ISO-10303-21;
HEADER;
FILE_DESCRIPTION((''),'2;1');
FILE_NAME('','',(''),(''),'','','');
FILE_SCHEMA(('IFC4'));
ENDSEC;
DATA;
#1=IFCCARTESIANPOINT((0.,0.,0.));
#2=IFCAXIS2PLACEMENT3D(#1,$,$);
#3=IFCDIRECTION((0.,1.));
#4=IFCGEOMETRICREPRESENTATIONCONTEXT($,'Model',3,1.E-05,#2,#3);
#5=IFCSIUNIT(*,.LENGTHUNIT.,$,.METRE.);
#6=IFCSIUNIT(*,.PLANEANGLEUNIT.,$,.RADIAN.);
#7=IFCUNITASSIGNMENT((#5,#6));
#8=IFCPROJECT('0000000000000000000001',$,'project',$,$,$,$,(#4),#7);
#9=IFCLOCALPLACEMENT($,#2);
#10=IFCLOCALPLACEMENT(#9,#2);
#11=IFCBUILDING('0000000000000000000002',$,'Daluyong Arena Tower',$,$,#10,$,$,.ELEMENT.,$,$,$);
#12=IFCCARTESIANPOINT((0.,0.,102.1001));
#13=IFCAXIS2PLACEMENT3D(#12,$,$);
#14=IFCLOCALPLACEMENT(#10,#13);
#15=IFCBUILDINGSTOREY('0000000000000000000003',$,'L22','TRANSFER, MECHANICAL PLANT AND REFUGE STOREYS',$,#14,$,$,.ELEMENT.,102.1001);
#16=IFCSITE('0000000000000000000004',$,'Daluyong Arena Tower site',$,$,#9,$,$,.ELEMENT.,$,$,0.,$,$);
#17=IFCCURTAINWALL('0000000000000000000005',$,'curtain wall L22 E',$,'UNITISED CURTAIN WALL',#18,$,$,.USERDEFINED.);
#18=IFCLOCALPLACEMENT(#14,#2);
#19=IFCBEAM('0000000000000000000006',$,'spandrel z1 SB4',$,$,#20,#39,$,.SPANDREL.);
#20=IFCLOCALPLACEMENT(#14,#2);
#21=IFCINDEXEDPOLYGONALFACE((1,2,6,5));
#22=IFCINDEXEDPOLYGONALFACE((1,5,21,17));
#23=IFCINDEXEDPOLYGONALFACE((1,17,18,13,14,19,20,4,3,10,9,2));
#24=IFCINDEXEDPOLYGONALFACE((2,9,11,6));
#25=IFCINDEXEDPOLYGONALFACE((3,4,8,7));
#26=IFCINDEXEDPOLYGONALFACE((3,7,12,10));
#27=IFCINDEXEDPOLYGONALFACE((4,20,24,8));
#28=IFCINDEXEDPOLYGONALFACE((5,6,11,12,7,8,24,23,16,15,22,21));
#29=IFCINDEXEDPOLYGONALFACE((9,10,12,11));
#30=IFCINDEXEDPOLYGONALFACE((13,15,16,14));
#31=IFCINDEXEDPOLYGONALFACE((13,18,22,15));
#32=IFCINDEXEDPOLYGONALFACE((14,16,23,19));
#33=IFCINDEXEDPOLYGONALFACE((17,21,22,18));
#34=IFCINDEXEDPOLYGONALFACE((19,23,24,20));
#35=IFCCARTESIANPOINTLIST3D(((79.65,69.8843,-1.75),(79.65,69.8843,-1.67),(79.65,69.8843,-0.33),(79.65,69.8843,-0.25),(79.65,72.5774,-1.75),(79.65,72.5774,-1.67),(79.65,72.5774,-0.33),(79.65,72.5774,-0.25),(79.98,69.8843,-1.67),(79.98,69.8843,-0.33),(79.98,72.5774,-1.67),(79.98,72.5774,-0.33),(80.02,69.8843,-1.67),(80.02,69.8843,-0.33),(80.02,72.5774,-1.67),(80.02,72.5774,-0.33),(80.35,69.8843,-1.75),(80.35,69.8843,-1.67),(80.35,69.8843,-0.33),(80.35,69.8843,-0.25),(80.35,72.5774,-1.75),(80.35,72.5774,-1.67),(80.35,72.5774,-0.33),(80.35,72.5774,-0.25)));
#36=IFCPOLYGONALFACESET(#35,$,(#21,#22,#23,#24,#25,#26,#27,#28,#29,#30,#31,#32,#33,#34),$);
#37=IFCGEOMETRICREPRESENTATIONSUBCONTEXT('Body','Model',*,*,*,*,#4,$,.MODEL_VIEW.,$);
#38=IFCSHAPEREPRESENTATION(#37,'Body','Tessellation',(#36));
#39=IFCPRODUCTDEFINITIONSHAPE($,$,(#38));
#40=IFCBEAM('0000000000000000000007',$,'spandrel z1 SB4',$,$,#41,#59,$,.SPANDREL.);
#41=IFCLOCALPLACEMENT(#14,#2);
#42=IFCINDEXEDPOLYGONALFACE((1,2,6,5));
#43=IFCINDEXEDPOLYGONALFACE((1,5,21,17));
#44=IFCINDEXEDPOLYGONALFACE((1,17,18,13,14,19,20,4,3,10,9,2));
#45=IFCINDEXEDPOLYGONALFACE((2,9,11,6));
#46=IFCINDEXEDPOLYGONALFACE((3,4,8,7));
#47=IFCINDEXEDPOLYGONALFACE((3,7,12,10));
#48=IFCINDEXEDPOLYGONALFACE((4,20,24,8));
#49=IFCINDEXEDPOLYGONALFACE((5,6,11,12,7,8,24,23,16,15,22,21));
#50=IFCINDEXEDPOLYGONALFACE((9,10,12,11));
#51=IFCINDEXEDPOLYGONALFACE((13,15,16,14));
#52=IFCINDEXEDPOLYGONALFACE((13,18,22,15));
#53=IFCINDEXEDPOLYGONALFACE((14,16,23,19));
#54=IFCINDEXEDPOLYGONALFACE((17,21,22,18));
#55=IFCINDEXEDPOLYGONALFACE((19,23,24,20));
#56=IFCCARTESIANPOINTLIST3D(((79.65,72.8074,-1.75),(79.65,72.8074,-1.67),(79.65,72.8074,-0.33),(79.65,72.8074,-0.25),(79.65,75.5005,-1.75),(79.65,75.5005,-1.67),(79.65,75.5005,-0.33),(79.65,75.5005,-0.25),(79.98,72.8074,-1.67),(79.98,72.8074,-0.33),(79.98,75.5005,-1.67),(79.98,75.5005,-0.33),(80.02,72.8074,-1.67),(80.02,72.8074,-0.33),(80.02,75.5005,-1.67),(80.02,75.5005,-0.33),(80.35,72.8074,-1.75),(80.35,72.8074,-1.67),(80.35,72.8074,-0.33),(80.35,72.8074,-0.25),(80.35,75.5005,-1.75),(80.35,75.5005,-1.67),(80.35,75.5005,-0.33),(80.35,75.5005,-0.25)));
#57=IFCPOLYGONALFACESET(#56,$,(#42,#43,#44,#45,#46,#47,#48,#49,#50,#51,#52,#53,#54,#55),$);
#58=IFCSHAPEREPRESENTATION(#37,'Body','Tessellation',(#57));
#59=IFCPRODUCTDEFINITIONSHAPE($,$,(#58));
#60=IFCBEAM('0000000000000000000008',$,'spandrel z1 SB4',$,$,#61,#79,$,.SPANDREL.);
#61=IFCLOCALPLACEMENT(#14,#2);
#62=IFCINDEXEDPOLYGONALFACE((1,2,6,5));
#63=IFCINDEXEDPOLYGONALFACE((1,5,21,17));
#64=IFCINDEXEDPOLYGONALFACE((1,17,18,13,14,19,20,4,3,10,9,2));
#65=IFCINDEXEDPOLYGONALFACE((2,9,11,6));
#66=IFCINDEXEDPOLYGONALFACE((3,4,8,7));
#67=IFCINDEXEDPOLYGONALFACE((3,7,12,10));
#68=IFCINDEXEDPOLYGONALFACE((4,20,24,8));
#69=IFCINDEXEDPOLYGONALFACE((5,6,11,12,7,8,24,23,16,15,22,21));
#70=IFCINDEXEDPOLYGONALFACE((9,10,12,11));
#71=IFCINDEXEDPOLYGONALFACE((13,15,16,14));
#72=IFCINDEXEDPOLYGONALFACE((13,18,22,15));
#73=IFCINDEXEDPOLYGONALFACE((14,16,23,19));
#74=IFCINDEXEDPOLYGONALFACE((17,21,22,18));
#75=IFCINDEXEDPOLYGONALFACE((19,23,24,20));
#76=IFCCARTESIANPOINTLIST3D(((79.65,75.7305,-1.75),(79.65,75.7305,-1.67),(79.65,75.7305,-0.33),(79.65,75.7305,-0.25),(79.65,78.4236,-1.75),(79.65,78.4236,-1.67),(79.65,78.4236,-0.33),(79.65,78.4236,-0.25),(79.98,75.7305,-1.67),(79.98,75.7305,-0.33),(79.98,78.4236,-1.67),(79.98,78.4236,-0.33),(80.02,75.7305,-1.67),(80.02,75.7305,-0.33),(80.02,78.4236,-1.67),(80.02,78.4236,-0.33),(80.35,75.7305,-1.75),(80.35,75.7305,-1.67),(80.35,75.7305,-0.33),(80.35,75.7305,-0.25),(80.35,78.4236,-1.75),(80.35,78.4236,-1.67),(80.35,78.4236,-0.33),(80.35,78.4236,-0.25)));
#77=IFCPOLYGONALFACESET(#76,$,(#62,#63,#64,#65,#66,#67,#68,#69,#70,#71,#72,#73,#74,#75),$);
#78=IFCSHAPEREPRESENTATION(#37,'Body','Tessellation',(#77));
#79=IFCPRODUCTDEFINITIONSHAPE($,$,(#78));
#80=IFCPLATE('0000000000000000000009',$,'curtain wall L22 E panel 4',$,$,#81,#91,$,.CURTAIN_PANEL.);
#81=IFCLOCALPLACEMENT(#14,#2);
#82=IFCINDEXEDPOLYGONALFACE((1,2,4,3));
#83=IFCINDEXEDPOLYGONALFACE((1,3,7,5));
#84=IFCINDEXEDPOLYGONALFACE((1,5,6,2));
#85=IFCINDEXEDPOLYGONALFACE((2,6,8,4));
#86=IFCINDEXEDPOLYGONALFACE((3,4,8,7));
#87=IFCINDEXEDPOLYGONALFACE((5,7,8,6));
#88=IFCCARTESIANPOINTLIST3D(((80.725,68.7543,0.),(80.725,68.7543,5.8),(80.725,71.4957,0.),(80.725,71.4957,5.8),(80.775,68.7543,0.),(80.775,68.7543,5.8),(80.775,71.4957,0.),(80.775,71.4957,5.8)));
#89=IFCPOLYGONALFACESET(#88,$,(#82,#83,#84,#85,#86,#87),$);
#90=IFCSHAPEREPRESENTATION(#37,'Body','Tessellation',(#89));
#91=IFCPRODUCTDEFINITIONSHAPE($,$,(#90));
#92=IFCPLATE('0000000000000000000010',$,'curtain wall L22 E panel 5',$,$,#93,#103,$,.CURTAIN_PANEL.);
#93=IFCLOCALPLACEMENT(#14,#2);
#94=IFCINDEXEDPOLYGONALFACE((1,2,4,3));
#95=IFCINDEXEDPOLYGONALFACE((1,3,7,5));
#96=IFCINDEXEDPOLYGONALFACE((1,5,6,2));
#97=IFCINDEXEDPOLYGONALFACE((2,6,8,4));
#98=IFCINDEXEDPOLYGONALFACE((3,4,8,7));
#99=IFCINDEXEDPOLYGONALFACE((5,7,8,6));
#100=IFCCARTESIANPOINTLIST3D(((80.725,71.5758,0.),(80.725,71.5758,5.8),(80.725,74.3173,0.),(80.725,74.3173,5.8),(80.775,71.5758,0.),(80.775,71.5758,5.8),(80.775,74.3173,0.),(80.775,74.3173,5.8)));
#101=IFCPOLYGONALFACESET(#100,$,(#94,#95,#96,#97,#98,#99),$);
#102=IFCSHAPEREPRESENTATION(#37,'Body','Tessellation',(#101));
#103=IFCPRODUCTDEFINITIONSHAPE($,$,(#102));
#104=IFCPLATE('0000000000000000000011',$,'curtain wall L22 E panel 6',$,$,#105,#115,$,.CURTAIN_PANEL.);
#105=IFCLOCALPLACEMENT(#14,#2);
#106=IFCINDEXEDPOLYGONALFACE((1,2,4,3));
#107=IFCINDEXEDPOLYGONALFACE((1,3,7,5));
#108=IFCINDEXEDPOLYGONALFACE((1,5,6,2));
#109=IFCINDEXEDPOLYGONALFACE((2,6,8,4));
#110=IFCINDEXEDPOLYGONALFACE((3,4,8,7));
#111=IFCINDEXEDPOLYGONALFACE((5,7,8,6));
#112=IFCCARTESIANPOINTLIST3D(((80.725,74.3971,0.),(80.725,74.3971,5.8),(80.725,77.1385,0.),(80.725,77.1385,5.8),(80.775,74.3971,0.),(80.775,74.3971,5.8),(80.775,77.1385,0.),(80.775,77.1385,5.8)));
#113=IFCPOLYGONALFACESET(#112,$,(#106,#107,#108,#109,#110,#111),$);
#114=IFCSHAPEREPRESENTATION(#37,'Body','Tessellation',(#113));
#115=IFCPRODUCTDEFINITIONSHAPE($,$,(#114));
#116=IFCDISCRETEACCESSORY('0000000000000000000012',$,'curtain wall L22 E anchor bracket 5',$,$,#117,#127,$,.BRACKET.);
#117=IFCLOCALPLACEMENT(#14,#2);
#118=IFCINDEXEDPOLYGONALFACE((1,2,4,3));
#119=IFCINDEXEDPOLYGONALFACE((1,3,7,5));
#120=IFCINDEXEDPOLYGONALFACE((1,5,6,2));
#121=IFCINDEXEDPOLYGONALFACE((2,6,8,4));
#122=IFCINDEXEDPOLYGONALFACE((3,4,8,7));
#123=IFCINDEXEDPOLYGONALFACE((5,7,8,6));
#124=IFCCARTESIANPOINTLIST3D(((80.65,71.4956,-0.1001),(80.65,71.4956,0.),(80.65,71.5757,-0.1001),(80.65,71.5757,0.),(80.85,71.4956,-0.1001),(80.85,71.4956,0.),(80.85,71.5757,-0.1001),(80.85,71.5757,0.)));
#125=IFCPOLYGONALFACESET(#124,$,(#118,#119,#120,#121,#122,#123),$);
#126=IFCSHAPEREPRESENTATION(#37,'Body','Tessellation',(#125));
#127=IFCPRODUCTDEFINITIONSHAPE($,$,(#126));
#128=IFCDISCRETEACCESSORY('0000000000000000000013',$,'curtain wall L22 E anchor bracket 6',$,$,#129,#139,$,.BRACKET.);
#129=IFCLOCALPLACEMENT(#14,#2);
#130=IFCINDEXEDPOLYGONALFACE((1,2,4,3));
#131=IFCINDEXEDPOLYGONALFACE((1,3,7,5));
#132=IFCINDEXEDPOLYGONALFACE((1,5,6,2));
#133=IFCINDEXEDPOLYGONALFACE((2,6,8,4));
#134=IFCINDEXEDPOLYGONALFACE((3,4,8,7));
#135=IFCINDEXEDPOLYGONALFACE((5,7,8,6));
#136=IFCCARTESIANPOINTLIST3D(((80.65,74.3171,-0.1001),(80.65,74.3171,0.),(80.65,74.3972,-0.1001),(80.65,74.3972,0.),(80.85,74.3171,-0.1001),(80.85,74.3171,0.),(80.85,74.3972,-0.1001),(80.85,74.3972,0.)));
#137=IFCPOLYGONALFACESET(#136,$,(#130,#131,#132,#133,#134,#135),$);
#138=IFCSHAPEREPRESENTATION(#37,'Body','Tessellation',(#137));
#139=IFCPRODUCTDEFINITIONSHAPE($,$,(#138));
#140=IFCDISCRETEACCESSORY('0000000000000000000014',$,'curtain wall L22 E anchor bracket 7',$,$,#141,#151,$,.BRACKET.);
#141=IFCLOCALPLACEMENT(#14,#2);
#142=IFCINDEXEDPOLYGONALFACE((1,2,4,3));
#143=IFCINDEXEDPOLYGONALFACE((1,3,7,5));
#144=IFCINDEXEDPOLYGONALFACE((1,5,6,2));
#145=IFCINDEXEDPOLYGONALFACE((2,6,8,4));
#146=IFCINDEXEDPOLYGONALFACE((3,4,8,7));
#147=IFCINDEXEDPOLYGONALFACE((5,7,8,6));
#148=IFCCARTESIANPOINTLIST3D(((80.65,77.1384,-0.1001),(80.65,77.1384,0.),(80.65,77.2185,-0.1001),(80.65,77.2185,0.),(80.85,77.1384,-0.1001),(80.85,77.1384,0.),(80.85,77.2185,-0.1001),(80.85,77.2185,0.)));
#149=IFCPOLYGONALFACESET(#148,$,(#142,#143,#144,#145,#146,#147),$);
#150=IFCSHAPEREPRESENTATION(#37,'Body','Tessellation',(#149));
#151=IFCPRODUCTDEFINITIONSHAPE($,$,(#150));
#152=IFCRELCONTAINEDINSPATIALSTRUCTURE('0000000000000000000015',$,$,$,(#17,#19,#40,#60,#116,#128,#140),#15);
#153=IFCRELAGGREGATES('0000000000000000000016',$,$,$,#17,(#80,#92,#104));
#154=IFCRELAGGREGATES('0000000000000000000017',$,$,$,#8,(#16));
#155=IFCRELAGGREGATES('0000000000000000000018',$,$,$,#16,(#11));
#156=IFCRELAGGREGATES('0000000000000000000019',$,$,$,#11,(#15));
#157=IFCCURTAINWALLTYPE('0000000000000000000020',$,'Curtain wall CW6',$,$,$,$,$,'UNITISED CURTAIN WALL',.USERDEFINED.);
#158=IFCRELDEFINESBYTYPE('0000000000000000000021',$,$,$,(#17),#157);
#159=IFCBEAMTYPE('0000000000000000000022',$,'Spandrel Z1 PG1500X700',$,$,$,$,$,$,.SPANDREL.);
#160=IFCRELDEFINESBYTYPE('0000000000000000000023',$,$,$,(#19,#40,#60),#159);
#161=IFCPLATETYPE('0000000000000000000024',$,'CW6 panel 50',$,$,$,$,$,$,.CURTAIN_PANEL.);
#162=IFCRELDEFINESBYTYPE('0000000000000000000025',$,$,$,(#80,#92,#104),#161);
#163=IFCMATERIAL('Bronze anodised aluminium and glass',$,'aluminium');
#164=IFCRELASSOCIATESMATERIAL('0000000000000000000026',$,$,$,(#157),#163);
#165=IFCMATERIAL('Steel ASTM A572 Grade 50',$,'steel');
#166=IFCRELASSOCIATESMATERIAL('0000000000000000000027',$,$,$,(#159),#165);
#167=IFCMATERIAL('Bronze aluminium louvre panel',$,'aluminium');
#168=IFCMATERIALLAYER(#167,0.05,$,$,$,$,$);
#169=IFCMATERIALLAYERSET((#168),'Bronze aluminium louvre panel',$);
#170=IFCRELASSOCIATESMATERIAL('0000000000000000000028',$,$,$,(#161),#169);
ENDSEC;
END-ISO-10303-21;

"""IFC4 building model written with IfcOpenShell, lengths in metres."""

from ifc_helpers import new_model, si_unit, direction, frame, origin, origin_2d, place, context, subcontext, project, spatial, rectangle, i_section, extrude, material, layer, layer_set, material_profile, profile_set, type_object, element, aggregate, save


model = new_model("IFC4")

# Units and contexts
model_context = context("Model", 3, precision=1e-05, world=origin(), true_north=direction((0.0, 1.0)))
body_context = subcontext(model_context, "Body", "Model", "MODEL_VIEW")
ifc_project = project(units=[si_unit("LENGTHUNIT", "METRE"), si_unit("PLANEANGLEUNIT", "RADIAN")], contexts=[model_context])

# Site, building, storey
site_placement = place(None, origin())
site = spatial("IfcSite", under=ifc_project, at=site_placement, Name="Daluyong Arena Tower site", CompositionType="ELEMENT", RefElevation=0.0)
building_placement = place(site_placement, origin())
building = spatial("IfcBuilding", under=site, at=building_placement, Name="Daluyong Arena Tower", CompositionType="ELEMENT")
storey_placement = place(building_placement, frame((0.0, 0.0, 102.1001)))
storey = spatial("IfcBuildingStorey", under=building, at=storey_placement, Name="L22", Description="TRANSFER, MECHANICAL PLANT AND REFUGE STOREYS", CompositionType="ELEMENT", Elevation=102.1001)

# Curtain wall
ifc_material_1 = material(Name="Bronze anodised aluminium and glass", Category="aluminium")
curtain_wall_type = type_object("IfcCurtainWallType", Name="Curtain wall CW6", ElementType="UNITISED CURTAIN WALL", PredefinedType="USERDEFINED", material=ifc_material_1)
curtain_wall_placement = place(storey_placement, origin())
curtain_wall = element("IfcCurtainWall", 1, at=curtain_wall_placement, inside=storey, type_object=curtain_wall_type, Name="curtain wall L22 E", ObjectType="UNITISED CURTAIN WALL", PredefinedType="USERDEFINED")

# Beams
ifc_material_2 = material(Name="Steel ASTM A572 Grade 50", Category="steel")
ifc_material_profile_1 = material_profile(ifc_material_2, i_section(OverallWidth=0.7, OverallDepth=1.5, WebThickness=0.04, FlangeThickness=0.08, at=origin_2d()))
ifc_profile_set_1 = profile_set([ifc_material_profile_1], Name="Steel ASTM A572 Grade 50")
beam_type_1 = type_object("IfcBeamType", Name="Spandrel Z1 PG1500X700", PredefinedType="SPANDREL", material=ifc_profile_set_1)
for number, where, z_axis, x_axis, name in (
    (2, (80.0, 69.8843, -1.0), (0.0, 1.0, 0.0), (-1.0, 0.0, 0.0), "spandrel z1 SB4"),
    (3, (80.0, 72.8074, -1.0), (0.0, 1.0, 0.0), (-1.0, 0.0, 0.0), "spandrel z1 SB4"),
    (4, (80.0, 75.7305, -1.0), (0.0, 1.0, 0.0), (-1.0, 0.0, 0.0), "spandrel z1 SB4"),
):
    element("IfcBeam", number, at=place(storey_placement, frame(where, z_axis=z_axis, x_axis=x_axis)), inside=storey, type_object=beam_type_1, Name=name, PredefinedType="SPANDREL", context=body_context, shape_type="SweptSolid", body=[
        extrude(i_section(OverallWidth=0.7, OverallDepth=1.5, WebThickness=0.04, FlangeThickness=0.08, at=origin_2d()), origin(), (0.0, 0.0, 1.0), 2.6931),
    ])

# Plates
ifc_material_3 = material(Name="Bronze aluminium louvre panel", Category="aluminium")
ifc_layer = layer(ifc_material_3, 0.05)
ifc_layer_set = layer_set([ifc_layer], Name="Bronze aluminium louvre panel")
plate_type = type_object("IfcPlateType", Name="CW6 panel 50", PredefinedType="CURTAIN_PANEL", material=ifc_layer_set)
plate_1_placement = place(storey_placement, frame((80.75, 70.125, 0.0), z_axis=(0.0, 0.0, 1.0), x_axis=(0.0, 1.0, 0.0)))
plate_1 = element("IfcPlate", 5, at=plate_1_placement, type_object=plate_type, Name="curtain wall L22 E panel 4", PredefinedType="CURTAIN_PANEL", context=body_context, shape_type="SweptSolid", body=[
    extrude(rectangle(XDim=2.7415, YDim=0.05, at=origin_2d()), origin(), (0.0, 0.0, 1.0), 5.8),
])
plate_2_placement = place(storey_placement, frame((80.75, 72.9465, 0.0), z_axis=(0.0, 0.0, 1.0), x_axis=(0.0, 1.0, 0.0)))
plate_2 = element("IfcPlate", 6, at=plate_2_placement, type_object=plate_type, Name="curtain wall L22 E panel 5", PredefinedType="CURTAIN_PANEL", context=body_context, shape_type="SweptSolid", body=[
    extrude(rectangle(XDim=2.7415, YDim=0.05, at=origin_2d()), origin(), (0.0, 0.0, 1.0), 5.8),
])
plate_3_placement = place(storey_placement, frame((80.75, 75.7678, 0.0), z_axis=(0.0, 0.0, 1.0), x_axis=(0.0, 1.0, 0.0)))
plate_3 = element("IfcPlate", 7, at=plate_3_placement, type_object=plate_type, Name="curtain wall L22 E panel 6", PredefinedType="CURTAIN_PANEL", context=body_context, shape_type="SweptSolid", body=[
    extrude(rectangle(XDim=2.7415, YDim=0.05, at=origin_2d()), origin(), (0.0, 0.0, 1.0), 5.8),
])
aggregate(curtain_wall, [plate_1, plate_2, plate_3])

# Discrete accessories
for number, where, z_axis, x_axis, name in (
    (8, (80.75, 71.5356, -0.1001), (0.0, 0.0, 1.0), (0.0, 1.0, 0.0), "curtain wall L22 E anchor bracket 5"),
    (9, (80.75, 74.3572, -0.1001), (0.0, 0.0, 1.0), (0.0, 1.0, 0.0), "curtain wall L22 E anchor bracket 6"),
    (10, (80.75, 77.1785, -0.1001), (0.0, 0.0, 1.0), (0.0, 1.0, 0.0), "curtain wall L22 E anchor bracket 7"),
):
    element("IfcDiscreteAccessory", number, at=place(storey_placement, frame(where, z_axis=z_axis, x_axis=x_axis)), inside=storey, Name=name, PredefinedType="BRACKET", context=body_context, shape_type="SweptSolid", body=[
        extrude(rectangle(XDim=0.0801, YDim=0.2, at=origin_2d()), origin(), (0.0, 0.0, 1.0), 0.1001),
    ])

save(model, "model.ifc")
